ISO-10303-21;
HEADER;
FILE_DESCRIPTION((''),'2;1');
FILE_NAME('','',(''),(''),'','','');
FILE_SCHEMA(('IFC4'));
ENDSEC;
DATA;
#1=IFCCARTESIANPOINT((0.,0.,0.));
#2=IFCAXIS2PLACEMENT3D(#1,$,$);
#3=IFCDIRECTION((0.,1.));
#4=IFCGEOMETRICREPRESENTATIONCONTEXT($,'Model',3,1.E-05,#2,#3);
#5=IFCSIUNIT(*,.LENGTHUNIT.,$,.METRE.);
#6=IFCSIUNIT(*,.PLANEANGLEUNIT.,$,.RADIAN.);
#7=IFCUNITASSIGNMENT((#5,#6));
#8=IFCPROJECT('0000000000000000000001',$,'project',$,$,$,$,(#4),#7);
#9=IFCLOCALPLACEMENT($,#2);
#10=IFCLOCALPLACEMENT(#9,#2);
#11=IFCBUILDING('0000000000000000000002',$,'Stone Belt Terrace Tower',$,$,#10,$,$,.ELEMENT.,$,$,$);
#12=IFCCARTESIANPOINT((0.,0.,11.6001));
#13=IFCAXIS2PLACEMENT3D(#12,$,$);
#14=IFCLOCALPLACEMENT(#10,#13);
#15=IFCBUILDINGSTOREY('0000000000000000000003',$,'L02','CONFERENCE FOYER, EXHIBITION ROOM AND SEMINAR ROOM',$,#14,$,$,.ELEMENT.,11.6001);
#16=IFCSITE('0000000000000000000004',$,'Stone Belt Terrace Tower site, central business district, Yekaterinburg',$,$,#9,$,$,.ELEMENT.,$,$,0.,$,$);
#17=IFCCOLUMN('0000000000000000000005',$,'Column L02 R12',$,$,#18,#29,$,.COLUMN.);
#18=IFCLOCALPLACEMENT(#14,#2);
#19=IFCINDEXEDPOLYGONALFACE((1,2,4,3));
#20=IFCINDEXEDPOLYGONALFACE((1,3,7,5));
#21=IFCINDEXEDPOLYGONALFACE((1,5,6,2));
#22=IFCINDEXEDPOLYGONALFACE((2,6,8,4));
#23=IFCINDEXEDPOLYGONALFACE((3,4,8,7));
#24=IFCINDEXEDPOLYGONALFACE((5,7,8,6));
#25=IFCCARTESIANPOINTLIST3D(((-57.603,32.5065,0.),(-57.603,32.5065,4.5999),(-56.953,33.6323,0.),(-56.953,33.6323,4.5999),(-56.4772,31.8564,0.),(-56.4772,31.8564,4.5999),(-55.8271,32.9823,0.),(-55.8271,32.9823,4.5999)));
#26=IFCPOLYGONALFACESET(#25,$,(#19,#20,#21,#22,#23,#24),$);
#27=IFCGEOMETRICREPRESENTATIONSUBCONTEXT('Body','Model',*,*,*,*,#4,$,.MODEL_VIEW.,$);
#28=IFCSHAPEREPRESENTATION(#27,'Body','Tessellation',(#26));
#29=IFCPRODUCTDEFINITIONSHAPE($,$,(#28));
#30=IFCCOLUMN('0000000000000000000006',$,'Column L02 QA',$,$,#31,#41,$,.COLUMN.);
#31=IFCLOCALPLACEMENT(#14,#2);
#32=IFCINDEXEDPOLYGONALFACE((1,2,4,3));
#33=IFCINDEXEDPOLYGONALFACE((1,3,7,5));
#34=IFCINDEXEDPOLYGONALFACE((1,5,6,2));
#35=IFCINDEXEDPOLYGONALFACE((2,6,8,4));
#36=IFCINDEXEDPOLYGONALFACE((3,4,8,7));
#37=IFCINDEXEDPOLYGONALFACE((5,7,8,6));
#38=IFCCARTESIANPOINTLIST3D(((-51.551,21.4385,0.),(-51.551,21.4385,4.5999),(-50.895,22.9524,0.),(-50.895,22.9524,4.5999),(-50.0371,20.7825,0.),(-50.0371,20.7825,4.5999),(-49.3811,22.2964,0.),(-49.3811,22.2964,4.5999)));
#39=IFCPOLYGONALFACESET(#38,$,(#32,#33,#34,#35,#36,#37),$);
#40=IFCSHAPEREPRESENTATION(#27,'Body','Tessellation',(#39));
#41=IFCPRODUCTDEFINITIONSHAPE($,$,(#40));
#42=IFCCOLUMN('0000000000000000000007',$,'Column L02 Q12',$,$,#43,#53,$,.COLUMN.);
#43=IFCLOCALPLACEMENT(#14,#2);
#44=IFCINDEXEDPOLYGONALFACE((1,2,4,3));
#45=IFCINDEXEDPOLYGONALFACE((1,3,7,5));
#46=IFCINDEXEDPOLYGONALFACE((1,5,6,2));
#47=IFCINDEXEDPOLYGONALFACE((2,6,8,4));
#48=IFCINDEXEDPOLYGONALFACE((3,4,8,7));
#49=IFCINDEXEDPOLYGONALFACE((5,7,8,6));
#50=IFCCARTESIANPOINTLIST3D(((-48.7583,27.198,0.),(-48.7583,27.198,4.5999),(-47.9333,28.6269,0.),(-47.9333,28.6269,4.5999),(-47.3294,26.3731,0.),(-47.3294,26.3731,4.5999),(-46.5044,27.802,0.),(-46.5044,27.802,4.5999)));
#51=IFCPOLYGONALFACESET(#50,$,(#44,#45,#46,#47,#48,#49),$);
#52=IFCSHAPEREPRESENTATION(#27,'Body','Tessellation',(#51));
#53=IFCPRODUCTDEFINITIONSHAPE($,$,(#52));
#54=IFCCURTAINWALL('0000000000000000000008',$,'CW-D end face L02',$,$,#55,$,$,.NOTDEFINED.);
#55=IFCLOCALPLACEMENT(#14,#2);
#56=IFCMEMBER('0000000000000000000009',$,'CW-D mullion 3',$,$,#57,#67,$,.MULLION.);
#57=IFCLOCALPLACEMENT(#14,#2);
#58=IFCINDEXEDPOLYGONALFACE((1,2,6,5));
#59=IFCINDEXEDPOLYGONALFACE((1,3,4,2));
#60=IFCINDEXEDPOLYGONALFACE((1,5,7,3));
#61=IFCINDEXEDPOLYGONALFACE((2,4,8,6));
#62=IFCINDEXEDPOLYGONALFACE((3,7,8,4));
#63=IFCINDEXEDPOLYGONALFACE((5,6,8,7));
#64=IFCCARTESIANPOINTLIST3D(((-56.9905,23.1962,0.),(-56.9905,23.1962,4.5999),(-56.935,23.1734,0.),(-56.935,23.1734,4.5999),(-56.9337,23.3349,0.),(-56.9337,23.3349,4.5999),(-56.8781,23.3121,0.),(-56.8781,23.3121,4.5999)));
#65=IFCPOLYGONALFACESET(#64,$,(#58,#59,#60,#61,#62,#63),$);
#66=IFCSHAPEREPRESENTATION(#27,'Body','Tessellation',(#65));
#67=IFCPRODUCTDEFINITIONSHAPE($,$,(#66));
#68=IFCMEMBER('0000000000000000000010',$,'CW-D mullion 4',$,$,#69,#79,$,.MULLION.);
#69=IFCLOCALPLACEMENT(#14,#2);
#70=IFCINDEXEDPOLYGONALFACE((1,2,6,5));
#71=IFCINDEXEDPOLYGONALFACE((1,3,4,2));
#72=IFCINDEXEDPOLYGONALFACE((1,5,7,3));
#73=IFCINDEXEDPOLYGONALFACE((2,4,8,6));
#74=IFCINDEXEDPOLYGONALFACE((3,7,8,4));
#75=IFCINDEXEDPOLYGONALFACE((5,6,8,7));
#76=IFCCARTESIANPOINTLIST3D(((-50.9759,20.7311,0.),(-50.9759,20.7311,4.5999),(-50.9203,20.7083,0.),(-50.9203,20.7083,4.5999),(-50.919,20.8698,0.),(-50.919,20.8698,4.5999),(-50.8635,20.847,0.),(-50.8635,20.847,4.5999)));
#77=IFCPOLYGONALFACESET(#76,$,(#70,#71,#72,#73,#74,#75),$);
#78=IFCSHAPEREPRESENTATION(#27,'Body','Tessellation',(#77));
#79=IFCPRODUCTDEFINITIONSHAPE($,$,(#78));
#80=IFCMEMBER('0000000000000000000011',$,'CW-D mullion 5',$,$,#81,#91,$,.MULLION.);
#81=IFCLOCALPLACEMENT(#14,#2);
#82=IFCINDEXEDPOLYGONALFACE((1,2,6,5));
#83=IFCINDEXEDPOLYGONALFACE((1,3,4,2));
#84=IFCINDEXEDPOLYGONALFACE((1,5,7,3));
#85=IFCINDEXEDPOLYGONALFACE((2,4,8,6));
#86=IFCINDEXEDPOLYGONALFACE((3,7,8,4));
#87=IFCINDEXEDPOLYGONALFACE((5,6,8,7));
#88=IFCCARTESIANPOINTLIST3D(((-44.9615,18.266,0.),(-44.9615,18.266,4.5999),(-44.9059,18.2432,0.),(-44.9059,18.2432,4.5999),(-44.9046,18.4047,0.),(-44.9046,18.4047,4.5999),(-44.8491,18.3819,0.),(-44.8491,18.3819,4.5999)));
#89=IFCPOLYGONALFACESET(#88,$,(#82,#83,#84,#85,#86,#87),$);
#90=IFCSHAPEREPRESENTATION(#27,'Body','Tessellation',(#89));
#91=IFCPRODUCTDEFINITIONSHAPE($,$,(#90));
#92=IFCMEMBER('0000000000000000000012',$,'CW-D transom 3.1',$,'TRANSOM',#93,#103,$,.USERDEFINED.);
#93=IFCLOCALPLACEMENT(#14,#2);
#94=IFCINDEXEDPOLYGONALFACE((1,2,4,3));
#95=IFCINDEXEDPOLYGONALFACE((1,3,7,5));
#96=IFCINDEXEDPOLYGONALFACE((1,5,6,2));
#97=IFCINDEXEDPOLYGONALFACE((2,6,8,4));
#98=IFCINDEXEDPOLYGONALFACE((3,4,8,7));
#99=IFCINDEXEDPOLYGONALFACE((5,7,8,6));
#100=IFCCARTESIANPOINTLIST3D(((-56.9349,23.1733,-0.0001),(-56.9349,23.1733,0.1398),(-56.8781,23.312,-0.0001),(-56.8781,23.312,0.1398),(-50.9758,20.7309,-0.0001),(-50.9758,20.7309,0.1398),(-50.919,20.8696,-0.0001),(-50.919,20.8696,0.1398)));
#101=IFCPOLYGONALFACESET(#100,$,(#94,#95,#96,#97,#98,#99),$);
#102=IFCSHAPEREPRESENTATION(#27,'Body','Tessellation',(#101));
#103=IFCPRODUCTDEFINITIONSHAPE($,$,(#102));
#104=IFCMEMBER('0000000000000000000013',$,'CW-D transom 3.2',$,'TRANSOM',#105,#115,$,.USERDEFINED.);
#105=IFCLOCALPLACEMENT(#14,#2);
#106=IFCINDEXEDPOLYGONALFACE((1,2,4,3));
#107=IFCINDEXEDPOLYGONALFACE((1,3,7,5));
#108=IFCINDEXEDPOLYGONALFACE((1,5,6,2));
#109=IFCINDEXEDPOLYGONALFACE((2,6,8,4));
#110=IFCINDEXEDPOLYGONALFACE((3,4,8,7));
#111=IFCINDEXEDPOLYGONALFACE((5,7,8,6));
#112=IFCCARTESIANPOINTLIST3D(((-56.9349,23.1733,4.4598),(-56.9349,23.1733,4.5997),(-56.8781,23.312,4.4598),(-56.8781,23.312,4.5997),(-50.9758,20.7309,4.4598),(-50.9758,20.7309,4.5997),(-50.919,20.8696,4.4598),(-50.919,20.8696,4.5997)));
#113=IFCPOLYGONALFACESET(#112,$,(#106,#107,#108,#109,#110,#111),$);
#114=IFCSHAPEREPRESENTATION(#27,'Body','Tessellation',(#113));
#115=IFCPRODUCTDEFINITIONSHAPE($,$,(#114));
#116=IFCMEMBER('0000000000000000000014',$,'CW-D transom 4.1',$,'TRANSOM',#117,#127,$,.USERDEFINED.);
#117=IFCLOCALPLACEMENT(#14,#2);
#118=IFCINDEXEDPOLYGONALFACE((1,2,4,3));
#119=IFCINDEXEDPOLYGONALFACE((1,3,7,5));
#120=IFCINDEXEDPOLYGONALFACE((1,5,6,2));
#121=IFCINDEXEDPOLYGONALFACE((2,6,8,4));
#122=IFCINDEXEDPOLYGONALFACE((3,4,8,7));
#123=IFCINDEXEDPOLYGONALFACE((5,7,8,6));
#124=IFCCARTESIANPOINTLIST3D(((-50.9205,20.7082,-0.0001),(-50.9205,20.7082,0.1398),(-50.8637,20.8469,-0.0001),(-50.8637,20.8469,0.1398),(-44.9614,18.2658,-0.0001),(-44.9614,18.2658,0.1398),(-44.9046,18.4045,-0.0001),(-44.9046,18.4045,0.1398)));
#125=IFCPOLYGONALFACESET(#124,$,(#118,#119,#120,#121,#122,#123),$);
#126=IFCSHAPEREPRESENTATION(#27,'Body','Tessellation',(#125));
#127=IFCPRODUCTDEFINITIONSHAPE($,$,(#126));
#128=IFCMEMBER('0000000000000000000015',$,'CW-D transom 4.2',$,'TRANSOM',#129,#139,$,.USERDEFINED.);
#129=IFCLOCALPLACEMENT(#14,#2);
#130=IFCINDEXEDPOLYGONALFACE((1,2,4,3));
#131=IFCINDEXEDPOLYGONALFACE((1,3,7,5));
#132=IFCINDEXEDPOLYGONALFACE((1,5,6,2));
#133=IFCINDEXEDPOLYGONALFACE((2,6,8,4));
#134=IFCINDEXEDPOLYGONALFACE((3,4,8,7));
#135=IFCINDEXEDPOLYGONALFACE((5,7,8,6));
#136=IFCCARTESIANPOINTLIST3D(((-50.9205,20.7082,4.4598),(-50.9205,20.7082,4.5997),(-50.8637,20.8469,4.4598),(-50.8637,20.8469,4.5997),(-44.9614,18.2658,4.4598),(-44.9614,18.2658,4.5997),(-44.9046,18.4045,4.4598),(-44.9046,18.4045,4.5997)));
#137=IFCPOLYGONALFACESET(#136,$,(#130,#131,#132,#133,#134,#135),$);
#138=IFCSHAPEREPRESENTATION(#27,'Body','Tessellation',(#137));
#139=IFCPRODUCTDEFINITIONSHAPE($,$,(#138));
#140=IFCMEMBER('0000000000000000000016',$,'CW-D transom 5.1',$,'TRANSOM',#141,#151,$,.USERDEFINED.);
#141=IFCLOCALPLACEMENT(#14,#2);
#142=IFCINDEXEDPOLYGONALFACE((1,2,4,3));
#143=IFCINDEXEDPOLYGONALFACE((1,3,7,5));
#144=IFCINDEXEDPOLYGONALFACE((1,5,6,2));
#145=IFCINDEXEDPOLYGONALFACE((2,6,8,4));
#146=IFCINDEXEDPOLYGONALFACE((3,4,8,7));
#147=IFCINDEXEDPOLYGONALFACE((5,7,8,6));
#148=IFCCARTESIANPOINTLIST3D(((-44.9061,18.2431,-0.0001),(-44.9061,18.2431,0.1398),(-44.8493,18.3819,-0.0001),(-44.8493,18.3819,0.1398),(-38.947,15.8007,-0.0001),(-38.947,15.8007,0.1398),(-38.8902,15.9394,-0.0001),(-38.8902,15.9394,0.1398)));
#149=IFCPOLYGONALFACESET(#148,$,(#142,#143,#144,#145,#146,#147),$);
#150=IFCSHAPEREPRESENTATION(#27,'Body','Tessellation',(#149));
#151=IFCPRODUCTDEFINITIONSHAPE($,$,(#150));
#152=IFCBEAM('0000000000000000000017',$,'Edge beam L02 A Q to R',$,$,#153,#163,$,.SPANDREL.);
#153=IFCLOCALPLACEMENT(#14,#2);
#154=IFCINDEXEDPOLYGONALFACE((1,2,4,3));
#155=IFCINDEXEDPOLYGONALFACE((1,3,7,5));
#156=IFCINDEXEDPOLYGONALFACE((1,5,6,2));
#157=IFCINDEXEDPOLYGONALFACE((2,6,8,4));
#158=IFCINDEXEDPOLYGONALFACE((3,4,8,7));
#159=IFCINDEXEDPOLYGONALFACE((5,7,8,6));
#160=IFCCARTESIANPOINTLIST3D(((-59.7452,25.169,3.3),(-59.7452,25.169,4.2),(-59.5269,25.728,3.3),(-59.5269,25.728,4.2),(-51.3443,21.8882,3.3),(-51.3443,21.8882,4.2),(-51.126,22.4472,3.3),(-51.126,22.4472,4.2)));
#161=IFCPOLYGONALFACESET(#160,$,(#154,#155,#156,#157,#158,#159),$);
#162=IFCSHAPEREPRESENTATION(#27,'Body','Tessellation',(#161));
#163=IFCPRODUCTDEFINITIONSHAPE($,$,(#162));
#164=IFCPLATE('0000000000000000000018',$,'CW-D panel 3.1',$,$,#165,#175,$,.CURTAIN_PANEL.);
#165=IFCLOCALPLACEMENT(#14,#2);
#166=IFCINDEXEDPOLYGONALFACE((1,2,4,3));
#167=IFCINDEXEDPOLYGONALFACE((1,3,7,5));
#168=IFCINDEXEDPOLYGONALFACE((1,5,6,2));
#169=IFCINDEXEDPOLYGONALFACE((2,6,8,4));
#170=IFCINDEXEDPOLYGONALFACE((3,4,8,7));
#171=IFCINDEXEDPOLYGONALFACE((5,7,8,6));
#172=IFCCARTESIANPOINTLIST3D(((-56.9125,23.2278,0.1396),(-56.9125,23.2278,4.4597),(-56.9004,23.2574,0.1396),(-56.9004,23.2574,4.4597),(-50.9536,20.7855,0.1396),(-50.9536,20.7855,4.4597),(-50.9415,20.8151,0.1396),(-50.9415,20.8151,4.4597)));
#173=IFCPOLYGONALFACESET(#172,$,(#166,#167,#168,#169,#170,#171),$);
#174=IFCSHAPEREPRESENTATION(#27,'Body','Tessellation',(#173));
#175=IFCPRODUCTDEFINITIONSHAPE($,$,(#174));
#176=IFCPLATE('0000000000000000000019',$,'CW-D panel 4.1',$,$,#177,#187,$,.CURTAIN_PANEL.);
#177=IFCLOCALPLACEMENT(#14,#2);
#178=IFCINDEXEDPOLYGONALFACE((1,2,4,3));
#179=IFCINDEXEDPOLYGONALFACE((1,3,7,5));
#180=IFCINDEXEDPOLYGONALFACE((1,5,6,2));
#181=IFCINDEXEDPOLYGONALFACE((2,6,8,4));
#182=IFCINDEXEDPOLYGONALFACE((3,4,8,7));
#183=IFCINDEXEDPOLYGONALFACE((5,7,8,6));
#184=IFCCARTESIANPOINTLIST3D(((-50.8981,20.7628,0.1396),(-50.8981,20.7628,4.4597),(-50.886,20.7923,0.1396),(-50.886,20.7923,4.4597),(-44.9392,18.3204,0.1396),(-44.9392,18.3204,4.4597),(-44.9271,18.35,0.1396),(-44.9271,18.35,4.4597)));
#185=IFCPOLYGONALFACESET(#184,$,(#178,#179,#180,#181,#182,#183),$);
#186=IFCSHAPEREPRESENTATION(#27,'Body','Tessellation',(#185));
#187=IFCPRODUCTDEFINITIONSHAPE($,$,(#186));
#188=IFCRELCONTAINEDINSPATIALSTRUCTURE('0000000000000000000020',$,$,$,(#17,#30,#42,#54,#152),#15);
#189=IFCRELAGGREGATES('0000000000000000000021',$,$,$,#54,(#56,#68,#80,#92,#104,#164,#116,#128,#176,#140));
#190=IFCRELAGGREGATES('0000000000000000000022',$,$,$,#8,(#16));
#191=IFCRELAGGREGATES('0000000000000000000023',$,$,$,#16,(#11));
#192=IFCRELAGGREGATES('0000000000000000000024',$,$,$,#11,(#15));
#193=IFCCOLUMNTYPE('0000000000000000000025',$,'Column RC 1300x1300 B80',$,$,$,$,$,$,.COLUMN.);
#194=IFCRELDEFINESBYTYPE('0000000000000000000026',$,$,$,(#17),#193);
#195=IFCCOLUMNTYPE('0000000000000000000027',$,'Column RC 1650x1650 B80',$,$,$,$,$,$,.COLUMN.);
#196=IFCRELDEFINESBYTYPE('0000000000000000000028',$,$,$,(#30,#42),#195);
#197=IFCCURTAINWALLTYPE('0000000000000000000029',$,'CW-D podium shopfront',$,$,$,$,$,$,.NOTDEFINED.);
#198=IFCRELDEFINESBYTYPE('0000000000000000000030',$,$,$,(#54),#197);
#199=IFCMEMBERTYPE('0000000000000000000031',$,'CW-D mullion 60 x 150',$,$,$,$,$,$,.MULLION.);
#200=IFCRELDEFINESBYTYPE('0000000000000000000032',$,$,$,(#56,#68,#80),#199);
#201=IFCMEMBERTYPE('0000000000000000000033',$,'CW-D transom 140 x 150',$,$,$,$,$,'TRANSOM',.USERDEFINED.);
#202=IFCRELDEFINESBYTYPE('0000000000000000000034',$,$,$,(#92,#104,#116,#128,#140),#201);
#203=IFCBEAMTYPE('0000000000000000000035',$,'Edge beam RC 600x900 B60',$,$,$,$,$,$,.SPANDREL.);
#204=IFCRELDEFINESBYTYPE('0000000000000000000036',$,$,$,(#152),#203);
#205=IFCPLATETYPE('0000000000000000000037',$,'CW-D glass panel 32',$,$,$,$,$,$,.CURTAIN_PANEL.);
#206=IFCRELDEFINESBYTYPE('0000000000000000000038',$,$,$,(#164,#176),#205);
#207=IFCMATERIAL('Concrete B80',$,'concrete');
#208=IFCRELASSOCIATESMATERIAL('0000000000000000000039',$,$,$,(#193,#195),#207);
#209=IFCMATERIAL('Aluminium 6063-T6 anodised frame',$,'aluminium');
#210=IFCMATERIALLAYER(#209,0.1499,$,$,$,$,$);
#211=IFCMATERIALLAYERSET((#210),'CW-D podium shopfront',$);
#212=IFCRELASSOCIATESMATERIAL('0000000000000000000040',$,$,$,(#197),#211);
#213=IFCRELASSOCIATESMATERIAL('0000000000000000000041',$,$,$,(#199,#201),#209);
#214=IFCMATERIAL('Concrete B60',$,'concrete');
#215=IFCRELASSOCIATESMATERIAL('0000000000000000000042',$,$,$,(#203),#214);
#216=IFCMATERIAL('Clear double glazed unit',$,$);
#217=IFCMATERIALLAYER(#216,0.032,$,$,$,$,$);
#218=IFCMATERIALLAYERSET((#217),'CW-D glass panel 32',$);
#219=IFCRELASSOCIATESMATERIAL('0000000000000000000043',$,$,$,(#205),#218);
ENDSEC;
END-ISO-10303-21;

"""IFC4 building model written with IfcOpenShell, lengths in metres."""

from ifc_helpers import new_model, si_unit, direction, frame, origin, origin_2d, place, context, subcontext, project, spatial, rectangle, extrude, material, layer, layer_set, material_profile, profile_set, type_object, element, aggregate, save


model = new_model("IFC4")

# Units and contexts
model_context = context("Model", 3, precision=1e-05, world=origin(), true_north=direction((0.0, 1.0)))
body_context = subcontext(model_context, "Body", "Model", "MODEL_VIEW")
ifc_project = project(units=[si_unit("LENGTHUNIT", "METRE"), si_unit("PLANEANGLEUNIT", "RADIAN")], contexts=[model_context])

# Site, building, storey
site_placement = place(None, origin())
site = spatial("IfcSite", under=ifc_project, at=site_placement, Name="Stone Belt Terrace Tower site, central business district, Yekaterinburg", CompositionType="ELEMENT", RefElevation=0.0)
building_placement = place(site_placement, origin())
building = spatial("IfcBuilding", under=site, at=building_placement, Name="Stone Belt Terrace Tower", CompositionType="ELEMENT")
storey_placement = place(building_placement, frame((0.0, 0.0, 11.6001)))
storey = spatial("IfcBuildingStorey", under=building, at=storey_placement, Name="L02", Description="CONFERENCE FOYER, EXHIBITION ROOM AND SEMINAR ROOM", CompositionType="ELEMENT", Elevation=11.6001)

# Columns
ifc_material_1 = material(Name="Concrete B80", Category="concrete")
ifc_material_profile_1 = material_profile(ifc_material_1, rectangle(XDim=1.3, YDim=1.3, at=origin_2d()), Name="RC 1300x1300")
ifc_profile_set_1 = profile_set([ifc_material_profile_1], Name="Concrete B80")
column_type_1 = type_object("IfcColumnType", Name="Column RC 1300x1300 B80", PredefinedType="COLUMN", material=ifc_profile_set_1)
column_placement = place(storey_placement, frame((-56.7151, 32.7444, 0.0), z_axis=(0.0, 0.0, 1.0), x_axis=(0.5, 0.866025, 0.0)))
element("IfcColumn", 1, at=column_placement, inside=storey, type_object=column_type_1, Name="Column L02 R12", PredefinedType="COLUMN", context=body_context, shape_type="SweptSolid", body=[
    extrude(rectangle(XDim=1.3, YDim=1.3, at=origin_2d()), origin(), (0.0, 0.0, 1.0), 4.5999),
])
ifc_material_profile_2 = material_profile(ifc_material_1, rectangle(XDim=1.6499, YDim=1.6499, at=origin_2d()), Name="RC 1650x1650")
ifc_profile_set_2 = profile_set([ifc_material_profile_2], Name="Concrete B80")
column_type_2 = type_object("IfcColumnType", Name="Column RC 1650x1650 B80", PredefinedType="COLUMN", material=ifc_profile_set_2)
for number, where, z_axis, x_axis, name in (
    (2, (-50.4661, 21.8674, 0.0), (0.0, 0.0, 1.0), (0.397588, 0.917564, 0.0), "Column L02 QA"),
    (3, (-47.6313, 27.5, 0.0), (0.0, 0.0, 1.0), (0.5, 0.866025, 0.0), "Column L02 Q12"),
):
    element("IfcColumn", number, at=place(storey_placement, frame(where, z_axis=z_axis, x_axis=x_axis)), inside=storey, type_object=column_type_2, Name=name, PredefinedType="COLUMN", context=body_context, shape_type="SweptSolid", body=[
        extrude(rectangle(XDim=1.6499, YDim=1.6499, at=origin_2d()), origin(), (0.0, 0.0, 1.0), 4.5999),
    ])

# Curtain wall, members
ifc_material_2 = material(Name="Aluminium 6063-T6 anodised frame", Category="aluminium")
ifc_layer_1 = layer(ifc_material_2, 0.1499)
ifc_layer_set_1 = layer_set([ifc_layer_1], Name="CW-D podium shopfront")
curtain_wall_type = type_object("IfcCurtainWallType", Name="CW-D podium shopfront", PredefinedType="NOTDEFINED", material=ifc_layer_set_1)
curtain_wall_placement = place(storey_placement, origin())
curtain_wall = element("IfcCurtainWall", 4, at=curtain_wall_placement, inside=storey, type_object=curtain_wall_type, Name="CW-D end face L02", PredefinedType="NOTDEFINED")
ifc_material_profile_3 = material_profile(ifc_material_2, rectangle(XDim=0.1499, YDim=0.0601, at=origin_2d()), Name="Aluminium 6063-T6 60x150")
ifc_profile_set_3 = profile_set([ifc_material_profile_3], Name="Aluminium 6063-T6 anodised frame")
member_type_1 = type_object("IfcMemberType", Name="CW-D mullion 60 x 150", PredefinedType="MULLION", material=ifc_profile_set_3)
member_1_placement = place(storey_placement, frame((-56.9343, 23.2542, 0.0), z_axis=(0.0, 0.0, 1.0), x_axis=(0.379243, 0.925297, 0.0)))
member_1 = element("IfcMember", 5, at=member_1_placement, type_object=member_type_1, Name="CW-D mullion 3", PredefinedType="MULLION", context=body_context, shape_type="SweptSolid", body=[
    extrude(rectangle(XDim=0.1499, YDim=0.0601, at=origin_2d()), origin(), (0.0, 0.0, 1.0), 4.5999),
])
member_2_placement = place(storey_placement, frame((-50.9197, 20.7891, 0.0), z_axis=(0.0, 0.0, 1.0), x_axis=(0.379243, 0.925297, 0.0)))
member_2 = element("IfcMember", 6, at=member_2_placement, type_object=member_type_1, Name="CW-D mullion 4", PredefinedType="MULLION", context=body_context, shape_type="SweptSolid", body=[
    extrude(rectangle(XDim=0.1499, YDim=0.0601, at=origin_2d()), origin(), (0.0, 0.0, 1.0), 4.5999),
])
member_3_placement = place(storey_placement, frame((-44.9053, 18.324, 0.0), z_axis=(0.0, 0.0, 1.0), x_axis=(0.379243, 0.925297, 0.0)))
member_3 = element("IfcMember", 7, at=member_3_placement, type_object=member_type_1, Name="CW-D mullion 5", PredefinedType="MULLION", context=body_context, shape_type="SweptSolid", body=[
    extrude(rectangle(XDim=0.1499, YDim=0.0601, at=origin_2d()), origin(), (0.0, 0.0, 1.0), 4.5999),
])
ifc_material_profile_4 = material_profile(ifc_material_2, rectangle(XDim=0.1499, YDim=0.1399, at=origin_2d()), Name="Aluminium 6063-T6 150x140")
ifc_profile_set_4 = profile_set([ifc_material_profile_4], Name="Aluminium 6063-T6 anodised frame")
member_type_2 = type_object("IfcMemberType", Name="CW-D transom 140 x 150", ElementType="TRANSOM", PredefinedType="USERDEFINED", material=ifc_profile_set_4)
member_4_placement = place(storey_placement, frame((-56.9065, 23.2427, 0.0698), z_axis=(0.925296, -0.379247, 0.0), x_axis=(0.379247, 0.925296, 0.0)))
member_4 = element("IfcMember", 8, at=member_4_placement, type_object=member_type_2, Name="CW-D transom 3.1", ObjectType="TRANSOM", PredefinedType="USERDEFINED", context=body_context, shape_type="SweptSolid", body=[
    extrude(rectangle(XDim=0.1499, YDim=0.1399, at=origin_2d()), origin(), (0.0, 0.0, 1.0), 6.4402),
])
member_5_placement = place(storey_placement, frame((-56.9065, 23.2427, 4.5298), z_axis=(0.925296, -0.379247, 0.0), x_axis=(0.379247, 0.925296, 0.0)))
member_5 = element("IfcMember", 9, at=member_5_placement, type_object=member_type_2, Name="CW-D transom 3.2", ObjectType="TRANSOM", PredefinedType="USERDEFINED", context=body_context, shape_type="SweptSolid", body=[
    extrude(rectangle(XDim=0.1499, YDim=0.1399, at=origin_2d()), origin(), (0.0, 0.0, 1.0), 6.4402),
])
member_6_placement = place(storey_placement, frame((-50.8921, 20.7776, 0.0698), z_axis=(0.925296, -0.379247, 0.0), x_axis=(0.379247, 0.925296, 0.0)))
member_6 = element("IfcMember", 10, at=member_6_placement, type_object=member_type_2, Name="CW-D transom 4.1", ObjectType="TRANSOM", PredefinedType="USERDEFINED", context=body_context, shape_type="SweptSolid", body=[
    extrude(rectangle(XDim=0.1499, YDim=0.1399, at=origin_2d()), origin(), (0.0, 0.0, 1.0), 6.4402),
])
member_7_placement = place(storey_placement, frame((-50.8921, 20.7776, 4.5298), z_axis=(0.925296, -0.379247, 0.0), x_axis=(0.379247, 0.925296, 0.0)))
member_7 = element("IfcMember", 11, at=member_7_placement, type_object=member_type_2, Name="CW-D transom 4.2", ObjectType="TRANSOM", PredefinedType="USERDEFINED", context=body_context, shape_type="SweptSolid", body=[
    extrude(rectangle(XDim=0.1499, YDim=0.1399, at=origin_2d()), origin(), (0.0, 0.0, 1.0), 6.4402),
])
member_8_placement = place(storey_placement, frame((-44.8777, 18.3125, 0.0698), z_axis=(0.925296, -0.379247, 0.0), x_axis=(0.379247, 0.925296, 0.0)))
member_8 = element("IfcMember", 12, at=member_8_placement, type_object=member_type_2, Name="CW-D transom 5.1", ObjectType="TRANSOM", PredefinedType="USERDEFINED", context=body_context, shape_type="SweptSolid", body=[
    extrude(rectangle(XDim=0.1499, YDim=0.1399, at=origin_2d()), origin(), (0.0, 0.0, 1.0), 6.4402),
])

# Beam
ifc_material_3 = material(Name="Concrete B60", Category="concrete")
ifc_material_profile_5 = material_profile(ifc_material_3, rectangle(XDim=0.6001, YDim=0.8999, at=origin_2d()), Name="RC 600x900")
ifc_profile_set_5 = profile_set([ifc_material_profile_5], Name="Concrete B60")
beam_type = type_object("IfcBeamType", Name="Edge beam RC 600x900 B60", PredefinedType="SPANDREL", material=ifc_profile_set_5)
beam_placement = place(storey_placement, frame((-51.2351, 22.1677, 3.75), z_axis=(-0.931489, 0.363771, 0.0), x_axis=(-0.363771, -0.931489, 0.0)))
element("IfcBeam", 13, at=beam_placement, inside=storey, type_object=beam_type, Name="Edge beam L02 A Q to R", PredefinedType="SPANDREL", context=body_context, shape_type="SweptSolid", body=[
    extrude(rectangle(XDim=0.6001, YDim=0.8999, at=origin_2d()), origin(), (0.0, 0.0, 1.0), 9.0188),
])

# Plates
ifc_material_4 = material(Name="Clear double glazed unit")
ifc_layer_2 = layer(ifc_material_4, 0.032)
ifc_layer_set_2 = layer_set([ifc_layer_2], Name="CW-D glass panel 32")
plate_type = type_object("IfcPlateType", Name="CW-D glass panel 32", PredefinedType="CURTAIN_PANEL", material=ifc_layer_set_2)
plate_1_placement = place(storey_placement, frame((-53.927, 22.0215, 0.1396), z_axis=(0.0, 0.0, 1.0), x_axis=(0.925297, -0.379243, 0.0)))
plate_1 = element("IfcPlate", 14, at=plate_1_placement, type_object=plate_type, Name="CW-D panel 3.1", PredefinedType="CURTAIN_PANEL", context=body_context, shape_type="SweptSolid", body=[
    extrude(rectangle(XDim=6.4399, YDim=0.032, at=origin_2d()), origin(), (0.0, 0.0, 1.0), 4.3201),
])
plate_2_placement = place(storey_placement, frame((-47.9126, 19.5564, 0.1396), z_axis=(0.0, 0.0, 1.0), x_axis=(0.925297, -0.379243, 0.0)))
plate_2 = element("IfcPlate", 15, at=plate_2_placement, type_object=plate_type, Name="CW-D panel 4.1", PredefinedType="CURTAIN_PANEL", context=body_context, shape_type="SweptSolid", body=[
    extrude(rectangle(XDim=6.4399, YDim=0.032, at=origin_2d()), origin(), (0.0, 0.0, 1.0), 4.3201),
])
aggregate(curtain_wall, [member_1, member_2, member_3, member_4, member_5, plate_1, member_6, member_7, plate_2, member_8])

save(model, "model.ifc")
